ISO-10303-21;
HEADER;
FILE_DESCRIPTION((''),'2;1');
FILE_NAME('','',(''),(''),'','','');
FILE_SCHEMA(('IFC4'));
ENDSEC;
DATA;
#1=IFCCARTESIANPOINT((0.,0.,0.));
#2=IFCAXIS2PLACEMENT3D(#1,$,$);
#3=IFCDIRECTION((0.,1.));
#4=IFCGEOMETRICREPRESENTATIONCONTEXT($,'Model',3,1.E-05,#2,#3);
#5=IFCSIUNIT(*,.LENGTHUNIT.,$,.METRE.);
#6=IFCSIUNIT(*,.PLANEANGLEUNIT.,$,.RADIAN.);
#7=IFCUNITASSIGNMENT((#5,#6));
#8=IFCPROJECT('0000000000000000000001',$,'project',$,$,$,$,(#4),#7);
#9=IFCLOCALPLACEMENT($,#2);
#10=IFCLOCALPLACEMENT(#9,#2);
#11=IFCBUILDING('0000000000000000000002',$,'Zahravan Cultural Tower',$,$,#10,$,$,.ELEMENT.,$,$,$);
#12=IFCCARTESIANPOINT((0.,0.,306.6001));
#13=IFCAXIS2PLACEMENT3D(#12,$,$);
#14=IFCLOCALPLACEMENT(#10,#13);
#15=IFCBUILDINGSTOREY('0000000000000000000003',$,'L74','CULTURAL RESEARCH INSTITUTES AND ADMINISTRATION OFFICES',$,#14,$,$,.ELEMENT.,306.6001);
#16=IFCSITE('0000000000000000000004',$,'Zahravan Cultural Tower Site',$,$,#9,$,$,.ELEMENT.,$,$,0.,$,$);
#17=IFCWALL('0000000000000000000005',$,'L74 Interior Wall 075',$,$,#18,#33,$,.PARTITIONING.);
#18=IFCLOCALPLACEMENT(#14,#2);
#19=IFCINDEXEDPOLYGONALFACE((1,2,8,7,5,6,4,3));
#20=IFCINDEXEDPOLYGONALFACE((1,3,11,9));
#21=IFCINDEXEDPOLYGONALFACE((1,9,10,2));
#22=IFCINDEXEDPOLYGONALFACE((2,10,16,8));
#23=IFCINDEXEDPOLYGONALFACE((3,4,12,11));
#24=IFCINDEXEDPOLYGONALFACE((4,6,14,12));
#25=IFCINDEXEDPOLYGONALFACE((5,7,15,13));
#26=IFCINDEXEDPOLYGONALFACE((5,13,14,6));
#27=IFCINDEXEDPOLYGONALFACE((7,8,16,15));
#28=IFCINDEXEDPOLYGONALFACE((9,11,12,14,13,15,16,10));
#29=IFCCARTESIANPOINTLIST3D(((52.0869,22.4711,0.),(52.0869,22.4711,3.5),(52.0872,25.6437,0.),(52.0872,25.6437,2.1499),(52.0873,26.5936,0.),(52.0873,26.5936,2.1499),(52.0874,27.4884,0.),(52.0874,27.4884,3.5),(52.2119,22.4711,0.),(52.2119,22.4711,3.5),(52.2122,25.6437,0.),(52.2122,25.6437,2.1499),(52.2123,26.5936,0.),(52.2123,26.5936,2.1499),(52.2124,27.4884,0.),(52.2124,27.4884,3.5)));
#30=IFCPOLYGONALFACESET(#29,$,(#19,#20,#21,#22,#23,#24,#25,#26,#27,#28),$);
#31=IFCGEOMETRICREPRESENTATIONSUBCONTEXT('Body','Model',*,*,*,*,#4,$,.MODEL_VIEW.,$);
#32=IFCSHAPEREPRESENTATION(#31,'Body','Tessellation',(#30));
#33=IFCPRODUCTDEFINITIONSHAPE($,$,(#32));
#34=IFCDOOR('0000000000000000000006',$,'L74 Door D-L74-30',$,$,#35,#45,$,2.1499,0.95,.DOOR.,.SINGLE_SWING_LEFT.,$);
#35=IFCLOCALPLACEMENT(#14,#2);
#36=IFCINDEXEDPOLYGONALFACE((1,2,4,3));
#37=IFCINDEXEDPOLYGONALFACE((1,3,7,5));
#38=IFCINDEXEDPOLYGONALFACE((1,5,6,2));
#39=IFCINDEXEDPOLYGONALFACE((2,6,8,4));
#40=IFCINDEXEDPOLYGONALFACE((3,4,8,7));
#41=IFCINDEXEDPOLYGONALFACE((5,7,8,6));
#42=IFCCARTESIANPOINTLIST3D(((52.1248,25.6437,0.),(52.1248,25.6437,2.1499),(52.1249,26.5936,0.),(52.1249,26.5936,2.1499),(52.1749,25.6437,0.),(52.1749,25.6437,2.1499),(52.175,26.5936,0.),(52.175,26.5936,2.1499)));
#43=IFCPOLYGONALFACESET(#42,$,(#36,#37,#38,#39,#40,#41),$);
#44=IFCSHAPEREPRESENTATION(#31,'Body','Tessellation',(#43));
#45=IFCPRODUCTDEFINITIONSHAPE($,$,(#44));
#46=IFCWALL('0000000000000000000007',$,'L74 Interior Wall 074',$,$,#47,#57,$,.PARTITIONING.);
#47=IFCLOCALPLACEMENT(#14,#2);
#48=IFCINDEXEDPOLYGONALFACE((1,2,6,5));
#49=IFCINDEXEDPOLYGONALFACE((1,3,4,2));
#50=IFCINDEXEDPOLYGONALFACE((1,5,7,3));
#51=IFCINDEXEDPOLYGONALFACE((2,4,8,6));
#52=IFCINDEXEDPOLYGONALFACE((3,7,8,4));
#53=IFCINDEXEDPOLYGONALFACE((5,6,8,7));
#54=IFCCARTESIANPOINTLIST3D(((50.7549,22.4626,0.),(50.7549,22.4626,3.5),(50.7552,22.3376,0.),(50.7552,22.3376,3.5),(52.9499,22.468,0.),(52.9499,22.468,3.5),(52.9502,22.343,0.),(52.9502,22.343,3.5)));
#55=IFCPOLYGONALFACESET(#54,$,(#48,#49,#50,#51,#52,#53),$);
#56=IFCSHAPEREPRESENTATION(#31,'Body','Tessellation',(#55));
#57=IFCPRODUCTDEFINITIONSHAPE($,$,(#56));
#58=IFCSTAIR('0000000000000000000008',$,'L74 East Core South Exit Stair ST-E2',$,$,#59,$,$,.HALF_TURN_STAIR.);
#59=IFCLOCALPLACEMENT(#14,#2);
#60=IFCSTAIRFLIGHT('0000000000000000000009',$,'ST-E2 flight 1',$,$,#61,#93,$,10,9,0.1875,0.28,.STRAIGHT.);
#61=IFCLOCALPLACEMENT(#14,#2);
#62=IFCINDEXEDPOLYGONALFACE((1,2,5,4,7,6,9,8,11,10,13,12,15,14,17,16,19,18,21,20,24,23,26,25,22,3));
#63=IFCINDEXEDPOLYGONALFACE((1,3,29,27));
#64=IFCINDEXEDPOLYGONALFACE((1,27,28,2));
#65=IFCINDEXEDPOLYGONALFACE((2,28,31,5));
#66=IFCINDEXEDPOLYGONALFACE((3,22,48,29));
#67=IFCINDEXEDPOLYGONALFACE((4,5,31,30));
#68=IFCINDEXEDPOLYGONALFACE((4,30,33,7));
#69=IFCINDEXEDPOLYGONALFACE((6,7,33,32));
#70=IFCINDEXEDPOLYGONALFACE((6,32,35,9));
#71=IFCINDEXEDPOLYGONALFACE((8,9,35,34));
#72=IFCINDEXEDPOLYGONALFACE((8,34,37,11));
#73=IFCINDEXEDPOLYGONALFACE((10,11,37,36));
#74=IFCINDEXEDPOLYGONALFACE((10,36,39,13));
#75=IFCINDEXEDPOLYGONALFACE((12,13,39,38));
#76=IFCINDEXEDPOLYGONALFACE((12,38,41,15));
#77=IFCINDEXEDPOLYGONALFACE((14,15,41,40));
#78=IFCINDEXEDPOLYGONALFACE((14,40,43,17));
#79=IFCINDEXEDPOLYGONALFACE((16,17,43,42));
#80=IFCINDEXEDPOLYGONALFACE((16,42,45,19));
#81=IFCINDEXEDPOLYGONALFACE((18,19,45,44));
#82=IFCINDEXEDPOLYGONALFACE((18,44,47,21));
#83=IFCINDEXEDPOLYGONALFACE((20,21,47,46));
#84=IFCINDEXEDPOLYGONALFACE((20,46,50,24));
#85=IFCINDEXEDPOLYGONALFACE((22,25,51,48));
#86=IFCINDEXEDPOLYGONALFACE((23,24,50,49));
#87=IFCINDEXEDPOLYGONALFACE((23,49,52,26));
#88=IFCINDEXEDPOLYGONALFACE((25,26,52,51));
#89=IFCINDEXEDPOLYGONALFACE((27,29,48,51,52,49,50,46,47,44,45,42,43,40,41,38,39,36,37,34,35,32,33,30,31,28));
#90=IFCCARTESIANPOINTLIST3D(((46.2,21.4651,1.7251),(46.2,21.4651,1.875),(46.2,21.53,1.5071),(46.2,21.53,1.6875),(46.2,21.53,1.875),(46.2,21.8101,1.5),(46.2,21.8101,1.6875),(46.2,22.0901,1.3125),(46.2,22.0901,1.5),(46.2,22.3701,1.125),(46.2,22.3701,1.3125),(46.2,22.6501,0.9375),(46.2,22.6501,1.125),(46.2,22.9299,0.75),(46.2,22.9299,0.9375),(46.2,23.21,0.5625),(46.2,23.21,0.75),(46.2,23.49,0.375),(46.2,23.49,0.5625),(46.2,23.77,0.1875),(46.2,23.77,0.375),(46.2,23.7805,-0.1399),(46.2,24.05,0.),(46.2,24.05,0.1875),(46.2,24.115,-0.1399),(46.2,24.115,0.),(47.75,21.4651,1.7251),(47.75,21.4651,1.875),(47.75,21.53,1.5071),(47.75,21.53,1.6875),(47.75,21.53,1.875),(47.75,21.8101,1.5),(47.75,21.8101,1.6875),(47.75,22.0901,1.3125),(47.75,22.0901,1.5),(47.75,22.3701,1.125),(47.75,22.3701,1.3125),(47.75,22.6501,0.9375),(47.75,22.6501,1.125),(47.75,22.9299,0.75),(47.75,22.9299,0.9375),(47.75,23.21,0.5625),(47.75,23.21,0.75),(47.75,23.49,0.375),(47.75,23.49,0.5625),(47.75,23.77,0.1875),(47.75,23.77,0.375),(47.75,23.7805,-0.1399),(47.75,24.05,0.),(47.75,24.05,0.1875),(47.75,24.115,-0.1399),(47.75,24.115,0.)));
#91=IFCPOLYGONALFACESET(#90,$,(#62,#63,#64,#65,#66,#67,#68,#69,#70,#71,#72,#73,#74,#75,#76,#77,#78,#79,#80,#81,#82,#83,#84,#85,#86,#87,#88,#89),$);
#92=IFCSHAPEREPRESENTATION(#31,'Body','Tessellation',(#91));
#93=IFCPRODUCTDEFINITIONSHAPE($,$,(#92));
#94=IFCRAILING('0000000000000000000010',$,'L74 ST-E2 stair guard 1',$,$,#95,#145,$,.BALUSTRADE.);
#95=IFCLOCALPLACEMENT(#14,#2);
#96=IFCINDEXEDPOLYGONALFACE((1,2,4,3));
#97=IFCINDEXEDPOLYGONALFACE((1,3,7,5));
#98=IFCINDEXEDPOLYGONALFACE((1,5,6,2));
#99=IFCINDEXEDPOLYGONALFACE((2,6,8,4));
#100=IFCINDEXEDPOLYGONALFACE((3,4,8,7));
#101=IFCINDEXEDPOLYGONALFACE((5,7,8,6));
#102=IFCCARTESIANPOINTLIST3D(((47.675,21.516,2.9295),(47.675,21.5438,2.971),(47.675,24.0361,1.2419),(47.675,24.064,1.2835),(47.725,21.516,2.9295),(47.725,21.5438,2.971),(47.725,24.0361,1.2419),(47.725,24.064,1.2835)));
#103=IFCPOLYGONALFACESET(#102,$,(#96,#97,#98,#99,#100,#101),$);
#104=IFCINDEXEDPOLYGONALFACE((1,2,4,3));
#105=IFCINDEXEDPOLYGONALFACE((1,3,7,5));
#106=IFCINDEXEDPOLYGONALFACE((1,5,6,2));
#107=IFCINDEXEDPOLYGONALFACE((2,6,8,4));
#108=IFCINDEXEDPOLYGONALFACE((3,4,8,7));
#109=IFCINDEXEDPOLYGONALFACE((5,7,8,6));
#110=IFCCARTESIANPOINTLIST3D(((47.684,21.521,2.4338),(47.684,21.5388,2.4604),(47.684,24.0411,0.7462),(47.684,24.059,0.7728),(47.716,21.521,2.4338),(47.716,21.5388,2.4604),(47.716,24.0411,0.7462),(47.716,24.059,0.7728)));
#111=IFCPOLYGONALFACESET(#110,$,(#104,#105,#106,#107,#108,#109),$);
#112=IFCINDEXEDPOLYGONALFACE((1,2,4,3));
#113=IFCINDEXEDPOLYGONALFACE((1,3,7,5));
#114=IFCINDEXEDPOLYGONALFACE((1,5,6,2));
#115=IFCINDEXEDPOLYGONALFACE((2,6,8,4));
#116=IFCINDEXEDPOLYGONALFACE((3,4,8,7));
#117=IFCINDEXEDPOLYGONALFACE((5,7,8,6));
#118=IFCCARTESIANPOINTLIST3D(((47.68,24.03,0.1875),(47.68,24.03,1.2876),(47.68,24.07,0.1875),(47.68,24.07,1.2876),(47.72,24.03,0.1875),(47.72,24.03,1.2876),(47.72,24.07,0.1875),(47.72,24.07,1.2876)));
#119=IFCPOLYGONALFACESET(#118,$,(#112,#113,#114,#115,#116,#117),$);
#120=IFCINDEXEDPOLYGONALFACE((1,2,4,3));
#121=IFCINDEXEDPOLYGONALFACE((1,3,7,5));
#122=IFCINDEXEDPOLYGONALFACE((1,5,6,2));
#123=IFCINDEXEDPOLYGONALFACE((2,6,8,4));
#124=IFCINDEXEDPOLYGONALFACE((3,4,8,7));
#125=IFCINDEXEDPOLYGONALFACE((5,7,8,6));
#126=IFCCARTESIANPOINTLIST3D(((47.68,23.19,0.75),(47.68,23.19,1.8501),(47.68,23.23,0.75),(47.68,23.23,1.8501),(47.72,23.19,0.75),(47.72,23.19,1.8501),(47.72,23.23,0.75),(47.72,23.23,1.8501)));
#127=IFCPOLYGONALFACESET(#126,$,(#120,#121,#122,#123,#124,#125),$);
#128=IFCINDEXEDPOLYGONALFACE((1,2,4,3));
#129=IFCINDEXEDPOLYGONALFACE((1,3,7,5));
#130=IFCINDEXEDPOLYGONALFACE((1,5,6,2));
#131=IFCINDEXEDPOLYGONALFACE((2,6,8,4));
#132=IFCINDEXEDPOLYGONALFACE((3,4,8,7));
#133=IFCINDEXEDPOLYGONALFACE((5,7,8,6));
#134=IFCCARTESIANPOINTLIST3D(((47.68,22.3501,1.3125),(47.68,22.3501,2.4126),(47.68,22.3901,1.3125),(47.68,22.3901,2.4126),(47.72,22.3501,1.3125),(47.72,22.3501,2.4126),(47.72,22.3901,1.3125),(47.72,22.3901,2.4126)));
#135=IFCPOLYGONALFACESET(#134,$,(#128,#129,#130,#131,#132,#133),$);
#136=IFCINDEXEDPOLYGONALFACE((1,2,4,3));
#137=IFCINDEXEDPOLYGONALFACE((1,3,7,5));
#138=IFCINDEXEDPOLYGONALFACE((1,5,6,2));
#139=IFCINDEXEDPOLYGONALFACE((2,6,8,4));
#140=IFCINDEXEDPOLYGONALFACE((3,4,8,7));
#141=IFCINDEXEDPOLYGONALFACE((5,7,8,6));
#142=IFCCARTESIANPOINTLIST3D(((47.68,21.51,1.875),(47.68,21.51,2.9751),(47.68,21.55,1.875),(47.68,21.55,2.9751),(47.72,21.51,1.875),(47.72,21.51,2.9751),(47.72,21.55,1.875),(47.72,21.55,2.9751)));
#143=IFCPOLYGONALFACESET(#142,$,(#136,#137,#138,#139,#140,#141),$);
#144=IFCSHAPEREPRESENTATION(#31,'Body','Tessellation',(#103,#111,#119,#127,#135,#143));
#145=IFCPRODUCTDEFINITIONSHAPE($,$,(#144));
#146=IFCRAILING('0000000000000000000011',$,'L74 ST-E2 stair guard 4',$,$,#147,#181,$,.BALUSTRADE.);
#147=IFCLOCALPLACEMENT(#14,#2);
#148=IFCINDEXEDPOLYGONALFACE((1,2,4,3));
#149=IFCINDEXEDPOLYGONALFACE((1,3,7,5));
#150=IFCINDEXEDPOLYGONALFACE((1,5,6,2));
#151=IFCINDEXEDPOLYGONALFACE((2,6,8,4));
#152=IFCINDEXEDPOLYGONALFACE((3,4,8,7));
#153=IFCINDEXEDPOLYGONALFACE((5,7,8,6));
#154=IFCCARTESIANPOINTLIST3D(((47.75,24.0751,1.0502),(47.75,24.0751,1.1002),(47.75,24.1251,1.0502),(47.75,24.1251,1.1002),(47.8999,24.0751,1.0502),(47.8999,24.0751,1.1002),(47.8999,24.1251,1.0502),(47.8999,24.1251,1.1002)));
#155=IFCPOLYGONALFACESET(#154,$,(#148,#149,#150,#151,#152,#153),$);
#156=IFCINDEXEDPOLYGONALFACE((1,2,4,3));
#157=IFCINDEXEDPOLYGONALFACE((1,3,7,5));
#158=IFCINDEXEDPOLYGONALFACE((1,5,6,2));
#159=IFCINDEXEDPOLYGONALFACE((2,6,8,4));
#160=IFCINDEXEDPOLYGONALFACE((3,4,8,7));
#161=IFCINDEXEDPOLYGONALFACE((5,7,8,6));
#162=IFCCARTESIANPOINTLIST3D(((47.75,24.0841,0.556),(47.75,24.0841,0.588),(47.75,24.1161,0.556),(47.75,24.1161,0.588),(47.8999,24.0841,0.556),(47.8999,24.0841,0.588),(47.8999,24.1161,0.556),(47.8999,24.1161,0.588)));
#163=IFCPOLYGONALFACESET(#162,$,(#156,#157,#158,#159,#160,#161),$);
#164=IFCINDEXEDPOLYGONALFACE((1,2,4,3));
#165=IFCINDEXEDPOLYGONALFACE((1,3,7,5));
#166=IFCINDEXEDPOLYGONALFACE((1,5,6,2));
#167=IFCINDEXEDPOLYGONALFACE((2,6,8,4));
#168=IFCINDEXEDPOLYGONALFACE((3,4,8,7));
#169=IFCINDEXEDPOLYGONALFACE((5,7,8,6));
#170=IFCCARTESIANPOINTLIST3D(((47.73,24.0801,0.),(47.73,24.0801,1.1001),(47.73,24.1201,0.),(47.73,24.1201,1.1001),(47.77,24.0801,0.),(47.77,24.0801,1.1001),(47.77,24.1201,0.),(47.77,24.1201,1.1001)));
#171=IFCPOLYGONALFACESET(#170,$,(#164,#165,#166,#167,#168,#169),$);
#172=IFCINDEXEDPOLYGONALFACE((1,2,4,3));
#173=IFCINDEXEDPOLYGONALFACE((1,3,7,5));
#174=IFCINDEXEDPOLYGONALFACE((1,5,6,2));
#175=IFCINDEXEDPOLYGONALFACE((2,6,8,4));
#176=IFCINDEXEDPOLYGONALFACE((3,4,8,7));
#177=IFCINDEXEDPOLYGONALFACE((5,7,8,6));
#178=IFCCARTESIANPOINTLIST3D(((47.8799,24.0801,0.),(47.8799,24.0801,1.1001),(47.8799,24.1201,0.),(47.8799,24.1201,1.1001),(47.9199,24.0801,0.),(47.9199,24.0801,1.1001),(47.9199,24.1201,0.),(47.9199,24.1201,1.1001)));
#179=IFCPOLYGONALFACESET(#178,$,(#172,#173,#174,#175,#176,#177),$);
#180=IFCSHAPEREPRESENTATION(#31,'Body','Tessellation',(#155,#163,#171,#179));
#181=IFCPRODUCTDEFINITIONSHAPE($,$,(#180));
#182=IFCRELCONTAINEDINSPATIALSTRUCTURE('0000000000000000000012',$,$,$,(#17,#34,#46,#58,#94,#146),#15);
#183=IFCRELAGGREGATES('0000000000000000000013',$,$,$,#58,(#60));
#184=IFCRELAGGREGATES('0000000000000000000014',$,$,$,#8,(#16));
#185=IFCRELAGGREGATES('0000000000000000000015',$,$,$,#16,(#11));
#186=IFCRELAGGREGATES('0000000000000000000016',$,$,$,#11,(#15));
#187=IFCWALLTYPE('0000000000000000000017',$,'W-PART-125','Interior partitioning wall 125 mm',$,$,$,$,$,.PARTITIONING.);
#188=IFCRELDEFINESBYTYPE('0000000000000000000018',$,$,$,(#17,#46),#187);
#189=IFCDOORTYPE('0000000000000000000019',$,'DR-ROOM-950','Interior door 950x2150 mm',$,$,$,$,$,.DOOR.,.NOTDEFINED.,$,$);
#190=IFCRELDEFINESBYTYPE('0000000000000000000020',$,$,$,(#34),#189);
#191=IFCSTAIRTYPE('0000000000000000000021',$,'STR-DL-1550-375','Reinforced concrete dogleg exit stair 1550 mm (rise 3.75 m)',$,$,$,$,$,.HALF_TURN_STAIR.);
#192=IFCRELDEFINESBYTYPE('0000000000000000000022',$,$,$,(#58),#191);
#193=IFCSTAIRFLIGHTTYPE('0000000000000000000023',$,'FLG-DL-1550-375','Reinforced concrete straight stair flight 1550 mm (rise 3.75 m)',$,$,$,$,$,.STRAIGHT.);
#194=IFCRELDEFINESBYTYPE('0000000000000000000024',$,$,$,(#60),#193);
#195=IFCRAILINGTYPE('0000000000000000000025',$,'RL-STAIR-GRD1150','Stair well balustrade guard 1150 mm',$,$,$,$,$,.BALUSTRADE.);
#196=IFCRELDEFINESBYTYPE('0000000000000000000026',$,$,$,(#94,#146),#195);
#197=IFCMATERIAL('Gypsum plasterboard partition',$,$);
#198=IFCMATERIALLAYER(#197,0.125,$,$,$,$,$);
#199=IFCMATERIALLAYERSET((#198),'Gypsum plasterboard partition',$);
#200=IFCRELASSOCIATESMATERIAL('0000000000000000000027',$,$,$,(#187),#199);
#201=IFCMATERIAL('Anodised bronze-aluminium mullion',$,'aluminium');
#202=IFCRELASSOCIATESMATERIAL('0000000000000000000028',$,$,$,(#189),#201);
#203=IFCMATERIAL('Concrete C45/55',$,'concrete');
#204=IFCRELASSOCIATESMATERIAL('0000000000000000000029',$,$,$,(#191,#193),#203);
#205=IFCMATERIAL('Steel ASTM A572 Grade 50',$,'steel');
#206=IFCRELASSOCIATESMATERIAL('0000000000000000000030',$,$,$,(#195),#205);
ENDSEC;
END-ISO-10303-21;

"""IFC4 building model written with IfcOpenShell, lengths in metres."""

from ifc_helpers import new_model, si_unit, direction, frame, frame_2d, origin, origin_2d, place, context, subcontext, project, spatial, polyline, rectangle, outline, extrude, source, transform, mapped, material, layer, layer_set, type_object, element, fill, aggregate, save


model = new_model("IFC4")

# Units and contexts
model_context = context("Model", 3, precision=1e-05, world=origin(), true_north=direction((0.0, 1.0)))
body_context = subcontext(model_context, "Body", "Model", "MODEL_VIEW")
ifc_project = project(units=[si_unit("LENGTHUNIT", "METRE"), si_unit("PLANEANGLEUNIT", "RADIAN")], contexts=[model_context])

# Site, building, storey
site_placement = place(None, origin())
site = spatial("IfcSite", under=ifc_project, at=site_placement, Name="Zahravan Cultural Tower Site", CompositionType="ELEMENT", RefElevation=0.0)
building_placement = place(site_placement, origin())
building = spatial("IfcBuilding", under=site, at=building_placement, Name="Zahravan Cultural Tower", CompositionType="ELEMENT")
storey_placement = place(building_placement, frame((0.0, 0.0, 306.6001)))
storey = spatial("IfcBuildingStorey", under=building, at=storey_placement, Name="L74", Description="CULTURAL RESEARCH INSTITUTES AND ADMINISTRATION OFFICES", CompositionType="ELEMENT", Elevation=306.6001)

# Shared definitions
ifc_material_1 = material(Name="Anodised bronze-aluminium mullion", Category="aluminium")

# Wall, opening, door
ifc_material_2 = material(Name="Gypsum plasterboard partition")
ifc_layer_1 = layer(ifc_material_2, 0.125)
ifc_layer_set_1 = layer_set([ifc_layer_1], Name="Gypsum plasterboard partition")
wall_type = type_object("IfcWallType", Name="W-PART-125", Description="Interior partitioning wall 125 mm", PredefinedType="PARTITIONING", material=ifc_layer_set_1)
wall_1_placement = place(storey_placement, frame((52.1494, 22.4709, 0.0), z_axis=(0.0, 0.0, 1.0), x_axis=(0.000097, 1.0, 0.0)))
wall_1 = element("IfcWall", 1, at=wall_1_placement, inside=storey, type_object=wall_type, Name="L74 Interior Wall 075", PredefinedType="PARTITIONING", context=body_context, shape_type="SweptSolid", body=[
    extrude(rectangle(XDim=5.0173, YDim=0.125, at=frame_2d((2.5088, 0.0))), origin(), (0.0, 0.0, 1.0), 3.5),
])
opening_placement = place(wall_1_placement, frame((3.1726, 0.0, 0.0)))
opening = element("IfcOpeningElement", 2, at=opening_placement, cuts=wall_1, PredefinedType="OPENING", context=body_context, shape_type="SweptSolid", body=[
    extrude(rectangle(XDim=0.95, YDim=2.1499, at=frame_2d((0.4751, 1.075))), frame((0.0, 0.0725, 0.0), z_axis=(0.0, -1.0, 0.0), x_axis=(1.0, 0.0, 0.0)), (0.0, 0.0, 1.0), 0.145),
])
door_type = type_object("IfcDoorType", Name="DR-ROOM-950", Description="Interior door 950x2150 mm", OperationType="NOTDEFINED", PredefinedType="DOOR", material=ifc_material_1)
shared_shape_1 = source(origin(), body_context, "Body", "SweptSolid", [
    extrude(rectangle(XDim=0.95, YDim=2.1499, at=frame_2d((0.4751, 1.075))), frame((0.0, 0.0249, 0.0), z_axis=(0.0, -1.0, 0.0), x_axis=(1.0, 0.0, 0.0)), (0.0, 0.0, 1.0), 0.05),
])
door_placement = place(opening_placement, origin())
door = element("IfcDoor", 3, at=door_placement, inside=storey, type_object=door_type, Name="L74 Door D-L74-30", OperationType="SINGLE_SWING_LEFT", OverallHeight=2.1499, OverallWidth=0.95, PredefinedType="DOOR", context=body_context, shape_type="MappedRepresentation", body=[
    mapped(shared_shape_1, transform((0.0, 0.0, 0.0), x_axis=(1.0, 0.0, 0.0), y_axis=(0.0, 1.0, 0.0), z_axis=(0.0, 0.0, 1.0), scale=1.0)),
])
fill(opening, door)

# Wall
shared_shape_2 = source(origin(), body_context, "Body", "SweptSolid", [
    extrude(rectangle(XDim=2.1951, YDim=0.125, at=frame_2d((1.0977, 0.0))), origin(), (0.0, 0.0, 1.0), 3.5),
])
wall_2_placement = place(storey_placement, frame((50.7549, 22.4001, 0.0), z_axis=(0.0, 0.0, 1.0), x_axis=(0.999997, 0.002447, 0.0)))
element("IfcWall", 4, at=wall_2_placement, inside=storey, type_object=wall_type, Name="L74 Interior Wall 074", PredefinedType="PARTITIONING", context=body_context, shape_type="MappedRepresentation", body=[
    mapped(shared_shape_2, transform((0.0, 0.0, 0.0), x_axis=(1.0, 0.0, 0.0), y_axis=(0.0, 1.0, 0.0), z_axis=(0.0, 0.0, 1.0), scale=1.0)),
])

# Stair, stair flight
ifc_material_3 = material(Name="Concrete C45/55", Category="concrete")
stair_type = type_object("IfcStairType", Name="STR-DL-1550-375", Description="Reinforced concrete dogleg exit stair 1550 mm (rise 3.75 m)", PredefinedType="HALF_TURN_STAIR", material=ifc_material_3)
stair_placement = place(storey_placement, origin())
stair = element("IfcStair", 5, at=stair_placement, inside=storey, type_object=stair_type, Name="L74 East Core South Exit Stair ST-E2", PredefinedType="HALF_TURN_STAIR")
stair_flight_type = type_object("IfcStairFlightType", Name="FLG-DL-1550-375", Description="Reinforced concrete straight stair flight 1550 mm (rise 3.75 m)", PredefinedType="STRAIGHT", material=ifc_material_3)
stair_flight_placement = place(storey_placement, frame((46.9751, 24.05, 0.0), z_axis=(0.0, 0.0, 1.0), x_axis=(0.0, -1.0, 0.0)))
stair_flight = element("IfcStairFlight", 6, at=stair_flight_placement, type_object=stair_flight_type, Name="ST-E2 flight 1", NumberOfRisers=10, NumberOfTreads=9, PredefinedType="STRAIGHT", RiserHeight=0.1875, TreadLength=0.28, context=body_context, shape_type="SweptSolid", body=[
    extrude(outline(polyline([(-0.0649, -0.1399), (-0.0649, 0.0), (0.0, 0.0), (0.0, 0.1875), (0.28, 0.1875), (0.28, 0.375), (0.5601, 0.375), (0.5601, 0.5625), (0.8401, 0.5625), (0.8401, 0.75), (1.1201, 0.75), (1.1201, 0.9375), (1.3999, 0.9375), (1.3999, 1.125), (1.6799, 1.125), (1.6799, 1.3125), (1.96, 1.3125), (1.96, 1.5), (2.24, 1.5), (2.24, 1.6875), (2.52, 1.6875), (2.52, 1.875), (2.585, 1.875), (2.585, 1.7251), (2.52, 1.5071), (0.2695, -0.1399), (-0.0649, -0.1399)])), frame((0.0, 0.7749, 0.0), z_axis=(0.0, -1.0, 0.0), x_axis=(1.0, 0.0, 0.0)), (0.0, 0.0, 1.0), 1.55),
])
aggregate(stair, [stair_flight])

# Railings
ifc_material_4 = material(Name="Steel ASTM A572 Grade 50", Category="steel")
railing_type_1 = type_object("IfcRailingType", Name="RL-STAIR-GRD1150", Description="Stair well balustrade guard 1150 mm", PredefinedType="BALUSTRADE", material=ifc_material_4)
railing_1_placement = place(storey_placement, frame((47.7, 24.05, 0.1875)))
element("IfcRailing", 7, at=railing_1_placement, inside=storey, type_object=railing_type_1, Name="L74 ST-E2 stair guard 1", PredefinedType="BALUSTRADE", context=body_context, shape_type="SweptSolid", body=[
    extrude(rectangle(XDim=0.05, YDim=0.05, at=origin_2d()), frame((0.0, 0.0, 1.0752), z_axis=(0.0, -0.830909, 0.556408), x_axis=(1.0, 0.0, 0.0)), (0.0, 0.0, 1.0), 3.033),
    extrude(rectangle(XDim=0.032, YDim=0.032, at=origin_2d()), frame((0.0, 0.0, 0.572), z_axis=(0.0, -0.830909, 0.556408), x_axis=(1.0, 0.0, 0.0)), (0.0, 0.0, 1.0), 3.033),
    extrude(rectangle(XDim=0.04, YDim=0.04, at=origin_2d()), origin(), (0.0, 0.0, 1.0), 1.1001),
    extrude(rectangle(XDim=0.04, YDim=0.04, at=origin_2d()), frame((0.0, -0.8401, 0.5625)), (0.0, 0.0, 1.0), 1.1001),
    extrude(rectangle(XDim=0.04, YDim=0.04, at=origin_2d()), frame((0.0, -1.6799, 1.125)), (0.0, 0.0, 1.0), 1.1001),
    extrude(rectangle(XDim=0.04, YDim=0.04, at=origin_2d()), frame((0.0, -2.52, 1.6875)), (0.0, 0.0, 1.0), 1.1001),
])
railing_2_placement = place(storey_placement, frame((47.75, 24.1001, 0.0)))
element("IfcRailing", 8, at=railing_2_placement, inside=storey, type_object=railing_type_1, Name="L74 ST-E2 stair guard 4", PredefinedType="BALUSTRADE", context=body_context, shape_type="SweptSolid", body=[
    extrude(rectangle(XDim=0.05, YDim=0.05, at=origin_2d()), frame((0.0, 0.0, 1.0752), z_axis=(1.0, 0.0, 0.0), x_axis=(0.0, 1.0, 0.0)), (0.0, 0.0, 1.0), 0.1499),
    extrude(rectangle(XDim=0.032, YDim=0.032, at=origin_2d()), frame((0.0, 0.0, 0.572), z_axis=(1.0, 0.0, 0.0), x_axis=(0.0, 1.0, 0.0)), (0.0, 0.0, 1.0), 0.1499),
    extrude(rectangle(XDim=0.04, YDim=0.04, at=origin_2d()), origin(), (0.0, 0.0, 1.0), 1.1001),
    extrude(rectangle(XDim=0.04, YDim=0.04, at=origin_2d()), frame((0.1499, 0.0, 0.0)), (0.0, 0.0, 1.0), 1.1001),
])

save(model, "model.ifc")
